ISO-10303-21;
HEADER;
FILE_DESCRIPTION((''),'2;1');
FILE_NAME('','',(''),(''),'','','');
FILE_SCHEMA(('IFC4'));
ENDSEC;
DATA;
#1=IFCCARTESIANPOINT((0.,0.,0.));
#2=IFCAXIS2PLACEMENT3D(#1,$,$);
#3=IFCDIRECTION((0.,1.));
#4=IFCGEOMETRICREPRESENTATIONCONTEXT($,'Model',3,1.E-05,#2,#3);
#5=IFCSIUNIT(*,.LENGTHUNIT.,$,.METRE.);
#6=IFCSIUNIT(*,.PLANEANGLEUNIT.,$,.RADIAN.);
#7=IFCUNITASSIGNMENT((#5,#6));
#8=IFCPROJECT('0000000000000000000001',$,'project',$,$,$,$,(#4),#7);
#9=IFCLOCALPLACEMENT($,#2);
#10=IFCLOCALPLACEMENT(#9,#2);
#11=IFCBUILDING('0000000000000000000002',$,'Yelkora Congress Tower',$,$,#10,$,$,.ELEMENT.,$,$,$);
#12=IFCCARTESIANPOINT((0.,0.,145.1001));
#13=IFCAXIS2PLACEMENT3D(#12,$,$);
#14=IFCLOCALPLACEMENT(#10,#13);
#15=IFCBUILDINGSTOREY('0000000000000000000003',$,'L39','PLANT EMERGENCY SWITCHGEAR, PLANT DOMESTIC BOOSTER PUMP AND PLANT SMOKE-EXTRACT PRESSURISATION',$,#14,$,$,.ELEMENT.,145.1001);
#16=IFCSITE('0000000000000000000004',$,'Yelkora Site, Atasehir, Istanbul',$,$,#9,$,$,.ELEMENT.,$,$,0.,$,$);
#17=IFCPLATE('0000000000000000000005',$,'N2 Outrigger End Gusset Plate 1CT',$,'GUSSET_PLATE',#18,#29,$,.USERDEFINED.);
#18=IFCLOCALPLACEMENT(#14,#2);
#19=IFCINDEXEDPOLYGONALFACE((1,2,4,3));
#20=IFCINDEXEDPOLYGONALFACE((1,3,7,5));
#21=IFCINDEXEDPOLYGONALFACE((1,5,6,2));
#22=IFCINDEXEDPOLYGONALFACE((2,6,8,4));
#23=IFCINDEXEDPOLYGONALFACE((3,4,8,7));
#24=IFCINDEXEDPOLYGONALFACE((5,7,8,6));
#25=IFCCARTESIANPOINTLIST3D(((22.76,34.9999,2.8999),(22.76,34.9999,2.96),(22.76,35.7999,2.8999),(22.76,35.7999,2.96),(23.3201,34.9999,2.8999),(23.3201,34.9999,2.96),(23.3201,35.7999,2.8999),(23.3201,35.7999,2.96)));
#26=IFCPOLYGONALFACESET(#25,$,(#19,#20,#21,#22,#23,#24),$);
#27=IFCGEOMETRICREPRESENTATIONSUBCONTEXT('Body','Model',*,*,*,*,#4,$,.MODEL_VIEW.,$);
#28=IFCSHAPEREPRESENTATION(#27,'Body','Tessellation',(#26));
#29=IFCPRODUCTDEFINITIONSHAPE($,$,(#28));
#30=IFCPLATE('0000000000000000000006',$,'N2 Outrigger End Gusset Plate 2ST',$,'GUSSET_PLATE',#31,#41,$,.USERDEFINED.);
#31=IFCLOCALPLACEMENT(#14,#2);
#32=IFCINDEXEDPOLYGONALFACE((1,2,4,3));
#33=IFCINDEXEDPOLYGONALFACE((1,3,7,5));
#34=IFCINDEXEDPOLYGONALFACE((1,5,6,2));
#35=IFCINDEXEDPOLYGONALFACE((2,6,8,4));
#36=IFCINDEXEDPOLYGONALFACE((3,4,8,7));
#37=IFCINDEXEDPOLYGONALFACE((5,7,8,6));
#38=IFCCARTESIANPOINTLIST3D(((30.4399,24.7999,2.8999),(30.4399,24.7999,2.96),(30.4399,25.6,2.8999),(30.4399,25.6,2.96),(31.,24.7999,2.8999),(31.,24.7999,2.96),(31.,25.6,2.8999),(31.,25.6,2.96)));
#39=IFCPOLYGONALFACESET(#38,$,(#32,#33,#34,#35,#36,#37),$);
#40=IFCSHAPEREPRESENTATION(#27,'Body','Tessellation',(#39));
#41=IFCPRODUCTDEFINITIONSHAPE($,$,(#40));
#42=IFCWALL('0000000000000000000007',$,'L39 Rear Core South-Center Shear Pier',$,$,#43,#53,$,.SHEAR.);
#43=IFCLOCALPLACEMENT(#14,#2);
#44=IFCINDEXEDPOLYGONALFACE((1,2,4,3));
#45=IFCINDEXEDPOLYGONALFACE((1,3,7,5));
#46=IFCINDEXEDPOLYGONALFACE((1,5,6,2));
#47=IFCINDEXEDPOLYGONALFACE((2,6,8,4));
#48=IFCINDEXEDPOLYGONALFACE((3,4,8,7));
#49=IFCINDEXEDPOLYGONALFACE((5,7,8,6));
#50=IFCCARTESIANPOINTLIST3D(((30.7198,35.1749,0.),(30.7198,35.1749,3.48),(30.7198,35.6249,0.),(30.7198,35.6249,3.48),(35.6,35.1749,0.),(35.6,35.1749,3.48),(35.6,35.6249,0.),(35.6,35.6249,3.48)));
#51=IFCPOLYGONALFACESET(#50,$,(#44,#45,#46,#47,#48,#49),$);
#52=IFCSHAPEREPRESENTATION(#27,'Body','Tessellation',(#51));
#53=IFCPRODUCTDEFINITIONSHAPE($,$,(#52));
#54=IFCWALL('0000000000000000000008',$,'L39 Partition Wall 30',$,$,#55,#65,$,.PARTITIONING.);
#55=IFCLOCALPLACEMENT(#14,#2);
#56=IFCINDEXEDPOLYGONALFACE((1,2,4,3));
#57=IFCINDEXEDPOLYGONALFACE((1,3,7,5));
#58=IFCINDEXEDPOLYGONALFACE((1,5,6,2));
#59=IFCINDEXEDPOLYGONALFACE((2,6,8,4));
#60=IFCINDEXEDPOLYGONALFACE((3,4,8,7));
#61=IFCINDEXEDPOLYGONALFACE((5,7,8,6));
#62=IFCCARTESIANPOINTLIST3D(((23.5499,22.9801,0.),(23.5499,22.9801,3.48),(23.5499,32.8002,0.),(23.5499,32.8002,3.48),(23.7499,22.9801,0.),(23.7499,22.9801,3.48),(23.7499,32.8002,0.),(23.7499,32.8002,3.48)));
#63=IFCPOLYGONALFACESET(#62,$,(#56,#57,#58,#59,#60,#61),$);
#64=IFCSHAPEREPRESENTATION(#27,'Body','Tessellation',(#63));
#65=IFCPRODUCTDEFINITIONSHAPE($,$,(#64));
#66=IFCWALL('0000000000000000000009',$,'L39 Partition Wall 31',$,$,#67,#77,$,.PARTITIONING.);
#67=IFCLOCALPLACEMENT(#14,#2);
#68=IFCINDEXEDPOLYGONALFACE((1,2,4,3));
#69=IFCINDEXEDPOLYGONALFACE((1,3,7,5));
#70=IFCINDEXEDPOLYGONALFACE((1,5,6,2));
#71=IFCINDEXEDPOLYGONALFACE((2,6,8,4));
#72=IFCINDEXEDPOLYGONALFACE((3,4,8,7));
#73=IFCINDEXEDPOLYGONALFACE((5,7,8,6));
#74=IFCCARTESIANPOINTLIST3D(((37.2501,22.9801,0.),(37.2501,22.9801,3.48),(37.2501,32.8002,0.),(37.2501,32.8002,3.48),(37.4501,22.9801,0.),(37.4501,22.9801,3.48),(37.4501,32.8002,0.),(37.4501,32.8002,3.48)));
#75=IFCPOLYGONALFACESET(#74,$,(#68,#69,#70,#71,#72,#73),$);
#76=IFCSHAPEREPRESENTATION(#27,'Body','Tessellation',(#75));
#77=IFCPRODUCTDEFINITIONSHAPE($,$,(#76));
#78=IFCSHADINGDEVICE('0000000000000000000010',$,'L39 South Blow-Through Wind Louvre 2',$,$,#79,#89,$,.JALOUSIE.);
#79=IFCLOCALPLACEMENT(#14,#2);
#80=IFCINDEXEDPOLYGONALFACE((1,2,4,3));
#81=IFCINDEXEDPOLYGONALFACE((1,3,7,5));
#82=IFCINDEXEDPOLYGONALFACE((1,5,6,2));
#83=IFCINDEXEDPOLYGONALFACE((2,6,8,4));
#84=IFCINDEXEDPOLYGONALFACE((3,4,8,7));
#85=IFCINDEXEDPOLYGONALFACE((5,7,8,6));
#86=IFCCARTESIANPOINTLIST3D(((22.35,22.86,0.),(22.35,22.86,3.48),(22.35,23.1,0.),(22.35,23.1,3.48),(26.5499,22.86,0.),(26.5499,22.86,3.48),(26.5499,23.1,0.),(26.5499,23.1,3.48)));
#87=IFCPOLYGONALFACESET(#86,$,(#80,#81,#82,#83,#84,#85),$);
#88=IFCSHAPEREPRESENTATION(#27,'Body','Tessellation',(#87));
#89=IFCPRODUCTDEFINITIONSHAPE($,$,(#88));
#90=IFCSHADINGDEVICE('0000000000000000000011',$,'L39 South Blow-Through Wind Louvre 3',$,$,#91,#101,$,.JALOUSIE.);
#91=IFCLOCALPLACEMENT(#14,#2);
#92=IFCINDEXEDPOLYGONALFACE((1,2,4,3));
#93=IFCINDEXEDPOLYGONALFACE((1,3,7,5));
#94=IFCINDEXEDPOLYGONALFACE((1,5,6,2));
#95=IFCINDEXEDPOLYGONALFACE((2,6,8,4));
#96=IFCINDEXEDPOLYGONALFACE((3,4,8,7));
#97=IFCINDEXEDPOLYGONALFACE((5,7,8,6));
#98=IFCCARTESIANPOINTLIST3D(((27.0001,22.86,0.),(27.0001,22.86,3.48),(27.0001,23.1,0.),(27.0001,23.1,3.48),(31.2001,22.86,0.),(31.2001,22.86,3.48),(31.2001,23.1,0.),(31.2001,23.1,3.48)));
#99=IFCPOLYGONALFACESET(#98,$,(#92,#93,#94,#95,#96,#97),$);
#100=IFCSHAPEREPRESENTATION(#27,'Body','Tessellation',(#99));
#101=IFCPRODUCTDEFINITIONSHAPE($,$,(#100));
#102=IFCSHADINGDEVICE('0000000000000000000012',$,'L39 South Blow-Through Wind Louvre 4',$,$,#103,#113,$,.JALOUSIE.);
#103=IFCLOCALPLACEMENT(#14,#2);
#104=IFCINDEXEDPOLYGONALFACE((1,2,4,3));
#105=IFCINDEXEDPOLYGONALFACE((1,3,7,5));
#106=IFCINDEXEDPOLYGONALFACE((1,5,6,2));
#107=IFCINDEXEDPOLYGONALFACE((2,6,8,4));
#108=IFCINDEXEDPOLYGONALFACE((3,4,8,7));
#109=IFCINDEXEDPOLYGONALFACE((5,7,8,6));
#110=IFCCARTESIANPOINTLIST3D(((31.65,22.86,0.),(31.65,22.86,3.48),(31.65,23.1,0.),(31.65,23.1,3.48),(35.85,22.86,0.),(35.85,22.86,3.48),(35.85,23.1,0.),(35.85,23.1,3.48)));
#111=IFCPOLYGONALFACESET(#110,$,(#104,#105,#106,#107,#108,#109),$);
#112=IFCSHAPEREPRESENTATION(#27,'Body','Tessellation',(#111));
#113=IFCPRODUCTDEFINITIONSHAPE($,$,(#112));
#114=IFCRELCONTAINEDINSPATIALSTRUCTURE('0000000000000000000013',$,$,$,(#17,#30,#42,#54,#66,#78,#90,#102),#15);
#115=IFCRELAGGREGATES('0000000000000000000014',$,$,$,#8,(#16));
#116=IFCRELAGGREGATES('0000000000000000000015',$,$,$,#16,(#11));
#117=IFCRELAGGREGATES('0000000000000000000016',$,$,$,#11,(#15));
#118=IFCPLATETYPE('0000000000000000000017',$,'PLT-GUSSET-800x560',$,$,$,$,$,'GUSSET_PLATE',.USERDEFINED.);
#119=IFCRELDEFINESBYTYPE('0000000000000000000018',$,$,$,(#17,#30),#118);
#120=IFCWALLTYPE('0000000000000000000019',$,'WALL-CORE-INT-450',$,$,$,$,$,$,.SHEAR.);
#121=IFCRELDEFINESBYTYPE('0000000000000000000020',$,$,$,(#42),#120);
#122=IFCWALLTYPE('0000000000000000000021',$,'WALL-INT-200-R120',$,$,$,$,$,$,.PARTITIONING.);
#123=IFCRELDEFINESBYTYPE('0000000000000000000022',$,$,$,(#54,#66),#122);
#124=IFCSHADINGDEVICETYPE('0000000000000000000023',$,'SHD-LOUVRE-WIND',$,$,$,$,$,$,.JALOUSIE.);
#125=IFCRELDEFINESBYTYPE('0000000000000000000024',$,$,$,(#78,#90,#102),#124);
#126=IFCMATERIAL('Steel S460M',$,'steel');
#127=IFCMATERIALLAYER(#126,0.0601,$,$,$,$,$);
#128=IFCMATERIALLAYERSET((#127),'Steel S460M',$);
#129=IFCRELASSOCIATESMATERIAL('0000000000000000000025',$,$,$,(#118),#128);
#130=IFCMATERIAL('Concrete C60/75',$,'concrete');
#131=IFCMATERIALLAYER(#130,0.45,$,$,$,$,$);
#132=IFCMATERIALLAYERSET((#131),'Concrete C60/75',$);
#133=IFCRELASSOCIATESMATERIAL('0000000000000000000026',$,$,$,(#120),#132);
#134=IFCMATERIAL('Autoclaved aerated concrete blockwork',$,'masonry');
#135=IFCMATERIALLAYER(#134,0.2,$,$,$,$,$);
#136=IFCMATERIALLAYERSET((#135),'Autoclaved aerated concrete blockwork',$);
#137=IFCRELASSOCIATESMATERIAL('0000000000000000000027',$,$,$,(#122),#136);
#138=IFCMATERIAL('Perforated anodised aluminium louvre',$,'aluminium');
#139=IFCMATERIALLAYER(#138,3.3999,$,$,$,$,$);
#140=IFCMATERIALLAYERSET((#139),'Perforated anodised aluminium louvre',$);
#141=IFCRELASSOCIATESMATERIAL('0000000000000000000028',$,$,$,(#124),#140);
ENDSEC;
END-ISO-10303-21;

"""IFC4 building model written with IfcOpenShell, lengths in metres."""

from ifc_helpers import new_model, si_unit, direction, frame, frame_2d, origin, origin_2d, place, context, subcontext, project, spatial, rectangle, extrude, material, layer, layer_set, type_object, element, save


model = new_model("IFC4")

# Units and contexts
model_context = context("Model", 3, precision=1e-05, world=origin(), true_north=direction((0.0, 1.0)))
body_context = subcontext(model_context, "Body", "Model", "MODEL_VIEW")
ifc_project = project(units=[si_unit("LENGTHUNIT", "METRE"), si_unit("PLANEANGLEUNIT", "RADIAN")], contexts=[model_context])

# Site, building, storey
site_placement = place(None, origin())
site = spatial("IfcSite", under=ifc_project, at=site_placement, Name="Yelkora Site, Atasehir, Istanbul", CompositionType="ELEMENT", RefElevation=0.0)
building_placement = place(site_placement, origin())
building = spatial("IfcBuilding", under=site, at=building_placement, Name="Yelkora Congress Tower", CompositionType="ELEMENT")
storey_placement = place(building_placement, frame((0.0, 0.0, 145.1001)))
storey = spatial("IfcBuildingStorey", under=building, at=storey_placement, Name="L39", Description="PLANT EMERGENCY SWITCHGEAR, PLANT DOMESTIC BOOSTER PUMP AND PLANT SMOKE-EXTRACT PRESSURISATION", CompositionType="ELEMENT", Elevation=145.1001)

# Shared definitions
ifc_material_1 = material(Name="Steel S460M", Category="steel")

# Shared definitions
ifc_material_2 = material(Name="Concrete C60/75", Category="concrete")

# Plates
ifc_layer_1 = layer(ifc_material_1, 0.0601)
ifc_layer_set_1 = layer_set([ifc_layer_1], Name="Steel S460M")
plate_type_1 = type_object("IfcPlateType", Name="PLT-GUSSET-800x560", ElementType="GUSSET_PLATE", PredefinedType="USERDEFINED", material=ifc_layer_set_1)
for number, where, z_axis, x_axis, name in (
    (1, (23.04, 35.3999, 2.8999), (0.0, 0.0, 1.0), (0.0, 1.0, 0.0), "N2 Outrigger End Gusset Plate 1CT"),
    (2, (30.72, 25.2, 2.8999), (0.0, 0.0, 1.0), (0.0, 1.0, 0.0), "N2 Outrigger End Gusset Plate 2ST"),
):
    element("IfcPlate", number, at=place(storey_placement, frame(where, z_axis=z_axis, x_axis=x_axis)), inside=storey, type_object=plate_type_1, Name=name, ObjectType="GUSSET_PLATE", PredefinedType="USERDEFINED", context=body_context, shape_type="SweptSolid", body=[
        extrude(rectangle(XDim=0.8, YDim=0.5601, at=origin_2d()), origin(), (0.0, 0.0, 1.0), 0.0601),
    ])

# Wall
ifc_layer_2 = layer(ifc_material_2, 0.45)
ifc_layer_set_2 = layer_set([ifc_layer_2], Name="Concrete C60/75")
wall_type_1 = type_object("IfcWallType", Name="WALL-CORE-INT-450", PredefinedType="SHEAR", material=ifc_layer_set_2)
wall_1_placement = place(storey_placement, frame((30.72, 35.3999, 0.0), z_axis=(0.0, 0.0, 1.0), x_axis=(1.0, 0.0, 0.0)))
element("IfcWall", 3, at=wall_1_placement, inside=storey, type_object=wall_type_1, Name="L39 Rear Core South-Center Shear Pier", PredefinedType="SHEAR", context=body_context, shape_type="SweptSolid", body=[
    extrude(rectangle(XDim=4.8801, YDim=0.45, at=frame_2d((2.4399, 0.0))), origin(), (0.0, 0.0, 1.0), 3.48),
])

# Shared definitions
ifc_material_3 = material(Name="Autoclaved aerated concrete blockwork", Category="masonry")
ifc_layer_3 = layer(ifc_material_3, 0.2)
ifc_layer_set_3 = layer_set([ifc_layer_3], Name="Autoclaved aerated concrete blockwork")
wall_type_2 = type_object("IfcWallType", Name="WALL-INT-200-R120", PredefinedType="PARTITIONING", material=ifc_layer_set_3)

# Walls
for number, where, z_axis, x_axis, name in (
    (4, (23.6499, 22.98, 0.0), (0.0, 0.0, 1.0), (0.0, 1.0, 0.0), "L39 Partition Wall 30"),
    (5, (37.3501, 22.98, 0.0), (0.0, 0.0, 1.0), (0.0, 1.0, 0.0), "L39 Partition Wall 31"),
):
    element("IfcWall", number, at=place(storey_placement, frame(where, z_axis=z_axis, x_axis=x_axis)), inside=storey, type_object=wall_type_2, Name=name, PredefinedType="PARTITIONING", context=body_context, shape_type="SweptSolid", body=[
        extrude(rectangle(XDim=9.8201, YDim=0.2, at=frame_2d((4.9102, 0.0))), origin(), (0.0, 0.0, 1.0), 3.48),
    ])

# Shading devices
ifc_material_4 = material(Name="Perforated anodised aluminium louvre", Category="aluminium")
ifc_layer_4 = layer(ifc_material_4, 3.3999)
ifc_layer_set_4 = layer_set([ifc_layer_4], Name="Perforated anodised aluminium louvre")
shading_device_type = type_object("IfcShadingDeviceType", Name="SHD-LOUVRE-WIND", PredefinedType="JALOUSIE", material=ifc_layer_set_4)
for number, where, z_axis, x_axis, name in (
    (6, (24.45, 22.98, 0.0), (0.0, 0.0, 1.0), (1.0, 0.0, 0.0), "L39 South Blow-Through Wind Louvre 2"),
    (7, (29.1001, 22.98, 0.0), (0.0, 0.0, 1.0), (1.0, 0.0, 0.0), "L39 South Blow-Through Wind Louvre 3"),
    (8, (33.75, 22.98, 0.0), (0.0, 0.0, 1.0), (1.0, 0.0, 0.0), "L39 South Blow-Through Wind Louvre 4"),
):
    element("IfcShadingDevice", number, at=place(storey_placement, frame(where, z_axis=z_axis, x_axis=x_axis)), inside=storey, type_object=shading_device_type, Name=name, PredefinedType="JALOUSIE", context=body_context, shape_type="SweptSolid", body=[
        extrude(rectangle(XDim=4.2, YDim=0.24, at=origin_2d()), origin(), (0.0, 0.0, 1.0), 3.48),
    ])

save(model, "model.ifc")
